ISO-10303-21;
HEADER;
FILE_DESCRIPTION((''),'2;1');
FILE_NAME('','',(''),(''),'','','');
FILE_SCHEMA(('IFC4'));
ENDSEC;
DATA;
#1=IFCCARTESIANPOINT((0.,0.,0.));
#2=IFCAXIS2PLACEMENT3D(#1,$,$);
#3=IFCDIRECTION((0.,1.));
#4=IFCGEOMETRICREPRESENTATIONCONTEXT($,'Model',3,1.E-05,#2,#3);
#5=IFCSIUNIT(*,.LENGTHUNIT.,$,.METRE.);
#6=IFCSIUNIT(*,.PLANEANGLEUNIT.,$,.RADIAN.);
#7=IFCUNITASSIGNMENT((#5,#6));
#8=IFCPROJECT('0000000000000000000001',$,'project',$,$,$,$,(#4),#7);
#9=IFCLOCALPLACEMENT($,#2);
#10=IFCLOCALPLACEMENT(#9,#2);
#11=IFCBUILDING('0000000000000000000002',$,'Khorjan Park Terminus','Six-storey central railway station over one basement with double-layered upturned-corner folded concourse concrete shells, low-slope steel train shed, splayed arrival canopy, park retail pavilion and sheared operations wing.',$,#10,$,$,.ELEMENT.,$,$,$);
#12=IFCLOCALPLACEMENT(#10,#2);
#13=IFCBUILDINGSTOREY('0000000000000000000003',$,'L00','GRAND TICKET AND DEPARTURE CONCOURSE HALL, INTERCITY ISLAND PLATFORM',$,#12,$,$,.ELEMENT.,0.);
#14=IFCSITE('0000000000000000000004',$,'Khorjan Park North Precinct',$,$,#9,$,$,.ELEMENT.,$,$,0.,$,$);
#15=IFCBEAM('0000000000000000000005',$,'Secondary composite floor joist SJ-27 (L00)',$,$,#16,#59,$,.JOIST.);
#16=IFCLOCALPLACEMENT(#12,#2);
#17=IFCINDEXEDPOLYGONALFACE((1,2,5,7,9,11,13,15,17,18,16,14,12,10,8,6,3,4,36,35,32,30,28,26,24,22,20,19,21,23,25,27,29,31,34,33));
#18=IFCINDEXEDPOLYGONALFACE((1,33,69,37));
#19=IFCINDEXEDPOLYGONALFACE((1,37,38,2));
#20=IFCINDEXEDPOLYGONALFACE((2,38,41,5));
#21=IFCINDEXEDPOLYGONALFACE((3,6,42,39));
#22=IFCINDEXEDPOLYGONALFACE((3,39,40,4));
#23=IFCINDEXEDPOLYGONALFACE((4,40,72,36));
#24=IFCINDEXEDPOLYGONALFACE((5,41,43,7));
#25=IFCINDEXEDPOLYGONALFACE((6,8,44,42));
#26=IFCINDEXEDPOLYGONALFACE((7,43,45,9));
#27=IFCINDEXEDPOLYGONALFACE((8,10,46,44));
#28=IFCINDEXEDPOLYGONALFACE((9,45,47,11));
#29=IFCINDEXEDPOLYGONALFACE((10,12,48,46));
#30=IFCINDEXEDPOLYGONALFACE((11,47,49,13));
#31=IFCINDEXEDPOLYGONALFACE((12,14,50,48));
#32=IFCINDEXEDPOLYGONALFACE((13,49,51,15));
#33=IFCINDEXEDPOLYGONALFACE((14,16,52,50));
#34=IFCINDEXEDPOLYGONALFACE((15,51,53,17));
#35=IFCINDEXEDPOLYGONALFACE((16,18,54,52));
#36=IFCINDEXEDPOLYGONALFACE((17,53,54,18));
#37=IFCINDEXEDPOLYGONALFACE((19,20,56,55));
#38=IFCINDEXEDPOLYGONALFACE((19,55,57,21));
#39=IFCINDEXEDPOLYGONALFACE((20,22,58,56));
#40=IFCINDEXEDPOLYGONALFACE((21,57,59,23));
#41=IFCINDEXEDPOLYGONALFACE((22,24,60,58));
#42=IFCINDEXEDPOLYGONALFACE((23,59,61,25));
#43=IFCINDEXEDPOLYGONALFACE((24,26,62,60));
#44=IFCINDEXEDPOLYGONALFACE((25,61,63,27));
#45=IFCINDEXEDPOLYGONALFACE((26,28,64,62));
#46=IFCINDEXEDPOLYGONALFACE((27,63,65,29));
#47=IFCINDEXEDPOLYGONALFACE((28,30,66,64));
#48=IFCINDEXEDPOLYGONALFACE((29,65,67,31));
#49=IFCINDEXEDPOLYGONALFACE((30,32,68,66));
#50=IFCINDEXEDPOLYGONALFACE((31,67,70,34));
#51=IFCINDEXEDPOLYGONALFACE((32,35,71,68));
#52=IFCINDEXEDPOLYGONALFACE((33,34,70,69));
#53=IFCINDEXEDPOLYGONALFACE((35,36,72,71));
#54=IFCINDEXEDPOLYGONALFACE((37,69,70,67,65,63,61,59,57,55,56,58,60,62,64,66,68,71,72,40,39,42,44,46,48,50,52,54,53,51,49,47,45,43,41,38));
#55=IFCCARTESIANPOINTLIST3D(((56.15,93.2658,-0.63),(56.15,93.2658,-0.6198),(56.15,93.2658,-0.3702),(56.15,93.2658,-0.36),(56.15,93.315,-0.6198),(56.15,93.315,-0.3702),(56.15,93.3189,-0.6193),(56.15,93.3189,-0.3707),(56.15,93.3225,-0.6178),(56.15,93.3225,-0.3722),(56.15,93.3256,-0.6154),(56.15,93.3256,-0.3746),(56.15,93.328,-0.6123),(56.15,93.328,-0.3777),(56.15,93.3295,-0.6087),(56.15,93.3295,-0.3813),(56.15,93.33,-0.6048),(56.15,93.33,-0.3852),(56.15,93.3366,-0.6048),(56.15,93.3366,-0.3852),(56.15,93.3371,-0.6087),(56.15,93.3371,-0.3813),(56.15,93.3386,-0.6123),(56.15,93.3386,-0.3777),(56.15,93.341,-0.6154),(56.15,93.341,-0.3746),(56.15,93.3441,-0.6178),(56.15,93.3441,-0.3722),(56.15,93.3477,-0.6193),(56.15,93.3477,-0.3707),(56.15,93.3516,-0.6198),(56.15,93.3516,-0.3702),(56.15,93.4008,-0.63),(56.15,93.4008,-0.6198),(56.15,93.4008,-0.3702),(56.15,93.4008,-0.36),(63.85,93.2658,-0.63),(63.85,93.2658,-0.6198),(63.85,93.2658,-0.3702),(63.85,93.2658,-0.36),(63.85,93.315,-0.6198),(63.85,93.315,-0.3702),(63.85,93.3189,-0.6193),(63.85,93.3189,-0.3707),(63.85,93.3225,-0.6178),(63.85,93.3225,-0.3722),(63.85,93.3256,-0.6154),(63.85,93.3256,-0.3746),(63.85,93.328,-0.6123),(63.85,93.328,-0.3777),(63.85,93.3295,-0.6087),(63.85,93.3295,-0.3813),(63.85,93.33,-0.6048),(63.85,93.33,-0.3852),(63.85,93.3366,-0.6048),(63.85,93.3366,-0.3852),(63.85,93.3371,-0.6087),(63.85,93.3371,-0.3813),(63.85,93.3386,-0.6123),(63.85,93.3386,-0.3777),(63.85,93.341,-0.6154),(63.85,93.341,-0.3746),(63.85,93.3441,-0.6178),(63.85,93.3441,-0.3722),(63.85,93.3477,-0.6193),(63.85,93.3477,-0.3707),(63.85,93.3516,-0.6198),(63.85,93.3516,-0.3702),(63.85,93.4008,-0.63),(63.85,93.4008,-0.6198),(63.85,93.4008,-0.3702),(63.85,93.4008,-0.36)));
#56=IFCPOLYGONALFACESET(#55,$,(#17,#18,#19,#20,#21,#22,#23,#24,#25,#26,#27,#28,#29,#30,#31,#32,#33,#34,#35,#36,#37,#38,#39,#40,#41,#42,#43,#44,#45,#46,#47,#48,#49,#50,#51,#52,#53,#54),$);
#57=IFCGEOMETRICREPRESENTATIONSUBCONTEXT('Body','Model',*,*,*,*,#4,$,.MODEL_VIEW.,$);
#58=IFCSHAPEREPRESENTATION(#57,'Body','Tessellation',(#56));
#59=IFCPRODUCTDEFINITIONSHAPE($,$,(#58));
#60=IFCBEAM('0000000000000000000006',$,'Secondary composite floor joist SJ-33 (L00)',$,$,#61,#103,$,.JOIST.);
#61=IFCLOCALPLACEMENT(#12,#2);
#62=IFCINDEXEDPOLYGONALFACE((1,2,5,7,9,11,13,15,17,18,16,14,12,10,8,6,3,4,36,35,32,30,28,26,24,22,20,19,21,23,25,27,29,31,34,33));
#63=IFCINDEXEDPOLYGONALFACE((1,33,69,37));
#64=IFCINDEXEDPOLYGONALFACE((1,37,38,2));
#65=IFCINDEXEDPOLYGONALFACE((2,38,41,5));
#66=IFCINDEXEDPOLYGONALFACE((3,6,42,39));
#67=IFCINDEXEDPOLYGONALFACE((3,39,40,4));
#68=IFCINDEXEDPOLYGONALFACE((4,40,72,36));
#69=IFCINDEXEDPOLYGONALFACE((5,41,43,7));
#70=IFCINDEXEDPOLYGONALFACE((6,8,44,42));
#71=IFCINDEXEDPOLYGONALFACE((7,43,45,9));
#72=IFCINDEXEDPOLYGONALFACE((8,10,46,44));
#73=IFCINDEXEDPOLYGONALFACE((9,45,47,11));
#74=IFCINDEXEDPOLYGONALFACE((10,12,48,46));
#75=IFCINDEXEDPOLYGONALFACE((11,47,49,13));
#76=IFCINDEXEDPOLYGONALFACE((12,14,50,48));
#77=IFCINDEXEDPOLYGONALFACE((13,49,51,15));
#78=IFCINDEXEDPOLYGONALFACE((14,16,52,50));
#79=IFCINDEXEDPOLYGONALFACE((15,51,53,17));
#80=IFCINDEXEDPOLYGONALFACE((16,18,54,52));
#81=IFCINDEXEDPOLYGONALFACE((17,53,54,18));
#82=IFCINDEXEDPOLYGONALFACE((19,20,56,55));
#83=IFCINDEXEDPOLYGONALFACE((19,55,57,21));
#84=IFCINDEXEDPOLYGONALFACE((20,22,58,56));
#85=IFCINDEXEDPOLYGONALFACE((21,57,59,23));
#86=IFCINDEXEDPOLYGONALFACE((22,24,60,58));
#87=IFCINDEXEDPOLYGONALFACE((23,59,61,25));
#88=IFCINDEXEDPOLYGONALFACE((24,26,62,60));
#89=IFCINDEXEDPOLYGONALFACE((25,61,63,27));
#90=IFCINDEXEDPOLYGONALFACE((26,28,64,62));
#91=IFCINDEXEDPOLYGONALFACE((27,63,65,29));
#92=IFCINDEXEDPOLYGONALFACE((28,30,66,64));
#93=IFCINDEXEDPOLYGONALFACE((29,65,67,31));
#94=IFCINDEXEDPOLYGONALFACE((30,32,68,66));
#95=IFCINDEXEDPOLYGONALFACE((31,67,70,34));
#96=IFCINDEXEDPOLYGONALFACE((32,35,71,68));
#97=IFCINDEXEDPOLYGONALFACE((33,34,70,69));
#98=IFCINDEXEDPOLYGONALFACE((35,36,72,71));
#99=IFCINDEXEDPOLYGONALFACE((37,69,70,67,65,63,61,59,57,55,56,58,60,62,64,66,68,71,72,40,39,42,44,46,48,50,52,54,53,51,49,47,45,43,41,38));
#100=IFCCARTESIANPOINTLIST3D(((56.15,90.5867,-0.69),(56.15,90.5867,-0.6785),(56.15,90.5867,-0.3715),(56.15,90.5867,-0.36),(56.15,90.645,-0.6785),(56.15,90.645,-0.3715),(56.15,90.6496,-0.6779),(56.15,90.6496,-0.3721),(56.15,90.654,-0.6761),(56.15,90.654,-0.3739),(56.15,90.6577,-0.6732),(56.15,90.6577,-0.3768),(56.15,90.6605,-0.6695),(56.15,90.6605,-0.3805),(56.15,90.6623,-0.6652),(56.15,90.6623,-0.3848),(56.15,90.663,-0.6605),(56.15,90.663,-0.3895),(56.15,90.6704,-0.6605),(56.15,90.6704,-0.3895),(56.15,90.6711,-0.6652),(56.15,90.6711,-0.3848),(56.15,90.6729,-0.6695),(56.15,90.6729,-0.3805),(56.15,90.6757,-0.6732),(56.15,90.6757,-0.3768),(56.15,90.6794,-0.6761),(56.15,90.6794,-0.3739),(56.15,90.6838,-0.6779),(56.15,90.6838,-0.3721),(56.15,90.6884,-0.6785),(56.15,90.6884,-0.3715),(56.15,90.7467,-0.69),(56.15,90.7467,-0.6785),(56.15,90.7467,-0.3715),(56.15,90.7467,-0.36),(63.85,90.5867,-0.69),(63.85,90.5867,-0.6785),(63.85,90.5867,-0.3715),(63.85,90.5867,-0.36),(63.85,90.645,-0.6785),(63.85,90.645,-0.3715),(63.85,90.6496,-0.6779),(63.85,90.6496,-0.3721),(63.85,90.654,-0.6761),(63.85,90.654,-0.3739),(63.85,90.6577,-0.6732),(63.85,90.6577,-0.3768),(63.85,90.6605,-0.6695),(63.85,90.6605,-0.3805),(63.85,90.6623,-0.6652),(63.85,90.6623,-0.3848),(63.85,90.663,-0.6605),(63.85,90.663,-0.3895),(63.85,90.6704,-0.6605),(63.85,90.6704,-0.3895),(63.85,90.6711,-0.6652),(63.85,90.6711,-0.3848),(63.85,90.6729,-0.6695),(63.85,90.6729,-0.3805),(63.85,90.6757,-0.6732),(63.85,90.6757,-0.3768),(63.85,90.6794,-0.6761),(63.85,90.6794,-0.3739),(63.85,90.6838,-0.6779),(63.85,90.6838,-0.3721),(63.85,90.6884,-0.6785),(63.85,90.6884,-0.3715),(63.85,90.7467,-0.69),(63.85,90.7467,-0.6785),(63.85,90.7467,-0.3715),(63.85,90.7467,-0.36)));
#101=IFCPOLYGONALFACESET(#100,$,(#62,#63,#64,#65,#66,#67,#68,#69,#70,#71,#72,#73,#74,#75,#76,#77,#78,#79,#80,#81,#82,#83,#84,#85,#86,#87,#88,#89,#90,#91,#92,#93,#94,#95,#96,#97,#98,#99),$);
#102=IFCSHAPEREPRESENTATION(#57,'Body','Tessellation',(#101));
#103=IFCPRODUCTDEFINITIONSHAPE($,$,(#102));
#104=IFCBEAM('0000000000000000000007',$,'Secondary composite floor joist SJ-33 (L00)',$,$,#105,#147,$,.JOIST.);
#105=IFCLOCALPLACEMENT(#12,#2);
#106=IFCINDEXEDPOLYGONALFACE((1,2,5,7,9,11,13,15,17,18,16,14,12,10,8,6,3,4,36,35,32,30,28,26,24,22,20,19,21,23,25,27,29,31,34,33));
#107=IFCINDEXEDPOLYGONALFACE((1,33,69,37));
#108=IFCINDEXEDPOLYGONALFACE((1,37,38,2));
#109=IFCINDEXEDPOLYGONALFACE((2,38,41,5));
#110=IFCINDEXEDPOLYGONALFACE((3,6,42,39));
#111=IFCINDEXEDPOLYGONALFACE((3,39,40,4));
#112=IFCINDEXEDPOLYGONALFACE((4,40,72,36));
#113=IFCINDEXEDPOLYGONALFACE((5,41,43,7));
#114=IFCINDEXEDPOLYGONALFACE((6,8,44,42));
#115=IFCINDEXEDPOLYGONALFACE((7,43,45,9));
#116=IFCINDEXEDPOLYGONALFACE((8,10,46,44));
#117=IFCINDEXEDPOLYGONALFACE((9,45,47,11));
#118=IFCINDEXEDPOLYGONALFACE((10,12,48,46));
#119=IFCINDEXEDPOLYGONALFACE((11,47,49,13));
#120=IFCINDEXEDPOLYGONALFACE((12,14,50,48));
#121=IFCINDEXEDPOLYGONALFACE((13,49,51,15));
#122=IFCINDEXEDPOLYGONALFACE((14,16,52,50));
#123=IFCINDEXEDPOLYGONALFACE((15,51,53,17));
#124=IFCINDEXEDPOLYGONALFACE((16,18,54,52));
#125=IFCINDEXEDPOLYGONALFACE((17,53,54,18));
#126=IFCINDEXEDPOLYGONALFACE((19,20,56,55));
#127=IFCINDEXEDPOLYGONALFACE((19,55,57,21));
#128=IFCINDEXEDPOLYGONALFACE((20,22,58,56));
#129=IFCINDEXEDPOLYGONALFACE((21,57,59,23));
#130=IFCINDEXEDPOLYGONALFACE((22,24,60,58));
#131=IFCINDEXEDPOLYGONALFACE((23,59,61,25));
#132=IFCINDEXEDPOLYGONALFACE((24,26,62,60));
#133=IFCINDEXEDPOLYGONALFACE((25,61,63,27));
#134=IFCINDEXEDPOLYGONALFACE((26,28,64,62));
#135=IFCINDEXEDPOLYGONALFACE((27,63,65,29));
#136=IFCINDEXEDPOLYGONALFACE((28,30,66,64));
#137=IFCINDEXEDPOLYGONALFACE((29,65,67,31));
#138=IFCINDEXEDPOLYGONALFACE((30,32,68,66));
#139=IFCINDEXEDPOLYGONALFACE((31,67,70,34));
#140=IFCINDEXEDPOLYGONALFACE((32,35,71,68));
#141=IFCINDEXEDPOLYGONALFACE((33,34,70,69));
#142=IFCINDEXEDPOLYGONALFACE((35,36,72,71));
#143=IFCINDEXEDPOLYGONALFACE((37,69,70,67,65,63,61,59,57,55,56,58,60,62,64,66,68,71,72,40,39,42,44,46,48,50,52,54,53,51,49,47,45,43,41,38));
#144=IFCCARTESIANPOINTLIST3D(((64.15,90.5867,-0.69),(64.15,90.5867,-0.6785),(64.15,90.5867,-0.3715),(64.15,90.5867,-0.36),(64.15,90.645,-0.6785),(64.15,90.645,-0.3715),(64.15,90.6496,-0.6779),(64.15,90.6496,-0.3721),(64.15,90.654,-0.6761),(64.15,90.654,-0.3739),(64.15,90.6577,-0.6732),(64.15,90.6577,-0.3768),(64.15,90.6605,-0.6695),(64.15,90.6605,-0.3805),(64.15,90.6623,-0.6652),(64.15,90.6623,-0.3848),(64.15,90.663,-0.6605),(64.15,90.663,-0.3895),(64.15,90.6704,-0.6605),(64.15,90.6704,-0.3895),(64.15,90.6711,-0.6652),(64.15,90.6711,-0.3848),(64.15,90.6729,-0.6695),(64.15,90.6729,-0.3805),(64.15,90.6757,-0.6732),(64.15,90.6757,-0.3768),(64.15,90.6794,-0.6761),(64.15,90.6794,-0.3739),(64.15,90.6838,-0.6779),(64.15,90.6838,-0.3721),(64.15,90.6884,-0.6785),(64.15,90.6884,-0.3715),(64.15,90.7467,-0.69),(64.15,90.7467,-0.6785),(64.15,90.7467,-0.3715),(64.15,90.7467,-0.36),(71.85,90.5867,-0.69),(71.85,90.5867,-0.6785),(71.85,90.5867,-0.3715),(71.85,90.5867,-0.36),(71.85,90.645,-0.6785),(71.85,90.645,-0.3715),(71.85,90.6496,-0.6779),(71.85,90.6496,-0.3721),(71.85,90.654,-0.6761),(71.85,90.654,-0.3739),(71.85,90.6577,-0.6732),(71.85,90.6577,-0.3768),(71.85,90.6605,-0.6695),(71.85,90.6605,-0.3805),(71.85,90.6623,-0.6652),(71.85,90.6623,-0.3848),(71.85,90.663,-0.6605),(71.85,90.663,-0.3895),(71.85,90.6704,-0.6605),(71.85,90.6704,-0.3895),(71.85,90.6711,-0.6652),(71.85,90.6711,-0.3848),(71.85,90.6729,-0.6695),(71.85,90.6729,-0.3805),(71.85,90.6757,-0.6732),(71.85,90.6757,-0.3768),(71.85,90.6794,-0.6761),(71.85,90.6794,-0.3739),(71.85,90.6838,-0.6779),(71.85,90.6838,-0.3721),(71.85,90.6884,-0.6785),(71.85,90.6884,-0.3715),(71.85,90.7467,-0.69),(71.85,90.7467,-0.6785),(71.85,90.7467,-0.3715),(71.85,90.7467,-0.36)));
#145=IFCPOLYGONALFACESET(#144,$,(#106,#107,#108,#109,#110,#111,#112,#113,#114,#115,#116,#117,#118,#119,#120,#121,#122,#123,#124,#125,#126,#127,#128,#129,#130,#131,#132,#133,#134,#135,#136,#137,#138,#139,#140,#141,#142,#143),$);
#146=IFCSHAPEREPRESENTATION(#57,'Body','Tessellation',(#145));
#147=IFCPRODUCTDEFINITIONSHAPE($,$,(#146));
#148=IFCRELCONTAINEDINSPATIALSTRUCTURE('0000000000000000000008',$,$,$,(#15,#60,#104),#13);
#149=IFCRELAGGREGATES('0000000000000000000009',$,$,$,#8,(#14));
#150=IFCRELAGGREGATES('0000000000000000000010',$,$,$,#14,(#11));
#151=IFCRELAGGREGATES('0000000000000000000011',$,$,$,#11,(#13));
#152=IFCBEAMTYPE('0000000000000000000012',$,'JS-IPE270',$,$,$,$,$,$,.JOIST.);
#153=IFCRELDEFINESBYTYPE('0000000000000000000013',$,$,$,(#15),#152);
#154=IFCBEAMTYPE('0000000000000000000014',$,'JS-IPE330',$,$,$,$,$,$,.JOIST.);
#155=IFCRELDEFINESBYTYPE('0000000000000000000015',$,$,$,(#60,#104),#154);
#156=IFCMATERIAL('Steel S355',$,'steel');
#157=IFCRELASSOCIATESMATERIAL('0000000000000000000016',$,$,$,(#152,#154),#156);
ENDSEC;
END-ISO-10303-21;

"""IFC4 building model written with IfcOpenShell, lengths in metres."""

from ifc_helpers import new_model, si_unit, direction, frame, origin, origin_2d, place, context, subcontext, project, spatial, i_section, extrude, material, material_profile, profile_set, type_object, element, save


model = new_model("IFC4")

# Units and contexts
model_context = context("Model", 3, precision=1e-05, world=origin(), true_north=direction((0.0, 1.0)))
body_context = subcontext(model_context, "Body", "Model", "MODEL_VIEW")
ifc_project = project(units=[si_unit("LENGTHUNIT", "METRE"), si_unit("PLANEANGLEUNIT", "RADIAN")], contexts=[model_context])

# Site, building, storey
site_placement = place(None, origin())
site = spatial("IfcSite", under=ifc_project, at=site_placement, Name="Khorjan Park North Precinct", CompositionType="ELEMENT", RefElevation=0.0)
building_placement = place(site_placement, origin())
building = spatial("IfcBuilding", under=site, at=building_placement, Name="Khorjan Park Terminus", Description="Six-storey central railway station over one basement with double-layered upturned-corner folded concourse concrete shells, low-slope steel train shed, splayed arrival canopy, park retail pavilion and sheared operations wing.", CompositionType="ELEMENT")
storey_placement = place(building_placement, origin())
storey = spatial("IfcBuildingStorey", under=building, at=storey_placement, Name="L00", Description="GRAND TICKET AND DEPARTURE CONCOURSE HALL, INTERCITY ISLAND PLATFORM", CompositionType="ELEMENT", Elevation=0.0)

# Beams
ifc_material_1 = material(Name="Steel S355", Category="steel")
ifc_material_profile_1 = material_profile(ifc_material_1, i_section(OverallWidth=0.135, OverallDepth=0.27, WebThickness=0.0066, FlangeThickness=0.0102, FilletRadius=0.015, at=origin_2d()), Name="IPE 270")
ifc_profile_set_1 = profile_set([ifc_material_profile_1], Name="Steel S355")
beam_type_1 = type_object("IfcBeamType", Name="JS-IPE270", PredefinedType="JOIST", material=ifc_profile_set_1)
beam_1_placement = place(storey_placement, frame((56.15, 93.3333, -0.495), z_axis=(1.0, 0.0, 0.0), x_axis=(0.0, 1.0, 0.0)))
element("IfcBeam", 1, at=beam_1_placement, inside=storey, type_object=beam_type_1, Name="Secondary composite floor joist SJ-27 (L00)", PredefinedType="JOIST", context=body_context, shape_type="SweptSolid", body=[
    extrude(i_section(OverallWidth=0.135, OverallDepth=0.27, WebThickness=0.0066, FlangeThickness=0.0102, FilletRadius=0.015, at=origin_2d()), origin(), (0.0, 0.0, 1.0), 7.7),
])
ifc_material_profile_2 = material_profile(ifc_material_1, i_section(OverallWidth=0.16, OverallDepth=0.33, WebThickness=0.0075, FlangeThickness=0.0115, FilletRadius=0.018, at=origin_2d()), Name="IPE 330")
ifc_profile_set_2 = profile_set([ifc_material_profile_2], Name="Steel S355")
beam_type_2 = type_object("IfcBeamType", Name="JS-IPE330", PredefinedType="JOIST", material=ifc_profile_set_2)
for number, where, z_axis, x_axis, name in (
    (2, (56.15, 90.6667, -0.525), (1.0, 0.0, 0.0), (0.0, 1.0, 0.0), "Secondary composite floor joist SJ-33 (L00)"),
    (3, (64.15, 90.6667, -0.525), (1.0, 0.0, 0.0), (0.0, 1.0, 0.0), "Secondary composite floor joist SJ-33 (L00)"),
):
    element("IfcBeam", number, at=place(storey_placement, frame(where, z_axis=z_axis, x_axis=x_axis)), inside=storey, type_object=beam_type_2, Name=name, PredefinedType="JOIST", context=body_context, shape_type="SweptSolid", body=[
        extrude(i_section(OverallWidth=0.16, OverallDepth=0.33, WebThickness=0.0075, FlangeThickness=0.0115, FilletRadius=0.018, at=origin_2d()), origin(), (0.0, 0.0, 1.0), 7.7),
    ])

save(model, "model.ifc")
